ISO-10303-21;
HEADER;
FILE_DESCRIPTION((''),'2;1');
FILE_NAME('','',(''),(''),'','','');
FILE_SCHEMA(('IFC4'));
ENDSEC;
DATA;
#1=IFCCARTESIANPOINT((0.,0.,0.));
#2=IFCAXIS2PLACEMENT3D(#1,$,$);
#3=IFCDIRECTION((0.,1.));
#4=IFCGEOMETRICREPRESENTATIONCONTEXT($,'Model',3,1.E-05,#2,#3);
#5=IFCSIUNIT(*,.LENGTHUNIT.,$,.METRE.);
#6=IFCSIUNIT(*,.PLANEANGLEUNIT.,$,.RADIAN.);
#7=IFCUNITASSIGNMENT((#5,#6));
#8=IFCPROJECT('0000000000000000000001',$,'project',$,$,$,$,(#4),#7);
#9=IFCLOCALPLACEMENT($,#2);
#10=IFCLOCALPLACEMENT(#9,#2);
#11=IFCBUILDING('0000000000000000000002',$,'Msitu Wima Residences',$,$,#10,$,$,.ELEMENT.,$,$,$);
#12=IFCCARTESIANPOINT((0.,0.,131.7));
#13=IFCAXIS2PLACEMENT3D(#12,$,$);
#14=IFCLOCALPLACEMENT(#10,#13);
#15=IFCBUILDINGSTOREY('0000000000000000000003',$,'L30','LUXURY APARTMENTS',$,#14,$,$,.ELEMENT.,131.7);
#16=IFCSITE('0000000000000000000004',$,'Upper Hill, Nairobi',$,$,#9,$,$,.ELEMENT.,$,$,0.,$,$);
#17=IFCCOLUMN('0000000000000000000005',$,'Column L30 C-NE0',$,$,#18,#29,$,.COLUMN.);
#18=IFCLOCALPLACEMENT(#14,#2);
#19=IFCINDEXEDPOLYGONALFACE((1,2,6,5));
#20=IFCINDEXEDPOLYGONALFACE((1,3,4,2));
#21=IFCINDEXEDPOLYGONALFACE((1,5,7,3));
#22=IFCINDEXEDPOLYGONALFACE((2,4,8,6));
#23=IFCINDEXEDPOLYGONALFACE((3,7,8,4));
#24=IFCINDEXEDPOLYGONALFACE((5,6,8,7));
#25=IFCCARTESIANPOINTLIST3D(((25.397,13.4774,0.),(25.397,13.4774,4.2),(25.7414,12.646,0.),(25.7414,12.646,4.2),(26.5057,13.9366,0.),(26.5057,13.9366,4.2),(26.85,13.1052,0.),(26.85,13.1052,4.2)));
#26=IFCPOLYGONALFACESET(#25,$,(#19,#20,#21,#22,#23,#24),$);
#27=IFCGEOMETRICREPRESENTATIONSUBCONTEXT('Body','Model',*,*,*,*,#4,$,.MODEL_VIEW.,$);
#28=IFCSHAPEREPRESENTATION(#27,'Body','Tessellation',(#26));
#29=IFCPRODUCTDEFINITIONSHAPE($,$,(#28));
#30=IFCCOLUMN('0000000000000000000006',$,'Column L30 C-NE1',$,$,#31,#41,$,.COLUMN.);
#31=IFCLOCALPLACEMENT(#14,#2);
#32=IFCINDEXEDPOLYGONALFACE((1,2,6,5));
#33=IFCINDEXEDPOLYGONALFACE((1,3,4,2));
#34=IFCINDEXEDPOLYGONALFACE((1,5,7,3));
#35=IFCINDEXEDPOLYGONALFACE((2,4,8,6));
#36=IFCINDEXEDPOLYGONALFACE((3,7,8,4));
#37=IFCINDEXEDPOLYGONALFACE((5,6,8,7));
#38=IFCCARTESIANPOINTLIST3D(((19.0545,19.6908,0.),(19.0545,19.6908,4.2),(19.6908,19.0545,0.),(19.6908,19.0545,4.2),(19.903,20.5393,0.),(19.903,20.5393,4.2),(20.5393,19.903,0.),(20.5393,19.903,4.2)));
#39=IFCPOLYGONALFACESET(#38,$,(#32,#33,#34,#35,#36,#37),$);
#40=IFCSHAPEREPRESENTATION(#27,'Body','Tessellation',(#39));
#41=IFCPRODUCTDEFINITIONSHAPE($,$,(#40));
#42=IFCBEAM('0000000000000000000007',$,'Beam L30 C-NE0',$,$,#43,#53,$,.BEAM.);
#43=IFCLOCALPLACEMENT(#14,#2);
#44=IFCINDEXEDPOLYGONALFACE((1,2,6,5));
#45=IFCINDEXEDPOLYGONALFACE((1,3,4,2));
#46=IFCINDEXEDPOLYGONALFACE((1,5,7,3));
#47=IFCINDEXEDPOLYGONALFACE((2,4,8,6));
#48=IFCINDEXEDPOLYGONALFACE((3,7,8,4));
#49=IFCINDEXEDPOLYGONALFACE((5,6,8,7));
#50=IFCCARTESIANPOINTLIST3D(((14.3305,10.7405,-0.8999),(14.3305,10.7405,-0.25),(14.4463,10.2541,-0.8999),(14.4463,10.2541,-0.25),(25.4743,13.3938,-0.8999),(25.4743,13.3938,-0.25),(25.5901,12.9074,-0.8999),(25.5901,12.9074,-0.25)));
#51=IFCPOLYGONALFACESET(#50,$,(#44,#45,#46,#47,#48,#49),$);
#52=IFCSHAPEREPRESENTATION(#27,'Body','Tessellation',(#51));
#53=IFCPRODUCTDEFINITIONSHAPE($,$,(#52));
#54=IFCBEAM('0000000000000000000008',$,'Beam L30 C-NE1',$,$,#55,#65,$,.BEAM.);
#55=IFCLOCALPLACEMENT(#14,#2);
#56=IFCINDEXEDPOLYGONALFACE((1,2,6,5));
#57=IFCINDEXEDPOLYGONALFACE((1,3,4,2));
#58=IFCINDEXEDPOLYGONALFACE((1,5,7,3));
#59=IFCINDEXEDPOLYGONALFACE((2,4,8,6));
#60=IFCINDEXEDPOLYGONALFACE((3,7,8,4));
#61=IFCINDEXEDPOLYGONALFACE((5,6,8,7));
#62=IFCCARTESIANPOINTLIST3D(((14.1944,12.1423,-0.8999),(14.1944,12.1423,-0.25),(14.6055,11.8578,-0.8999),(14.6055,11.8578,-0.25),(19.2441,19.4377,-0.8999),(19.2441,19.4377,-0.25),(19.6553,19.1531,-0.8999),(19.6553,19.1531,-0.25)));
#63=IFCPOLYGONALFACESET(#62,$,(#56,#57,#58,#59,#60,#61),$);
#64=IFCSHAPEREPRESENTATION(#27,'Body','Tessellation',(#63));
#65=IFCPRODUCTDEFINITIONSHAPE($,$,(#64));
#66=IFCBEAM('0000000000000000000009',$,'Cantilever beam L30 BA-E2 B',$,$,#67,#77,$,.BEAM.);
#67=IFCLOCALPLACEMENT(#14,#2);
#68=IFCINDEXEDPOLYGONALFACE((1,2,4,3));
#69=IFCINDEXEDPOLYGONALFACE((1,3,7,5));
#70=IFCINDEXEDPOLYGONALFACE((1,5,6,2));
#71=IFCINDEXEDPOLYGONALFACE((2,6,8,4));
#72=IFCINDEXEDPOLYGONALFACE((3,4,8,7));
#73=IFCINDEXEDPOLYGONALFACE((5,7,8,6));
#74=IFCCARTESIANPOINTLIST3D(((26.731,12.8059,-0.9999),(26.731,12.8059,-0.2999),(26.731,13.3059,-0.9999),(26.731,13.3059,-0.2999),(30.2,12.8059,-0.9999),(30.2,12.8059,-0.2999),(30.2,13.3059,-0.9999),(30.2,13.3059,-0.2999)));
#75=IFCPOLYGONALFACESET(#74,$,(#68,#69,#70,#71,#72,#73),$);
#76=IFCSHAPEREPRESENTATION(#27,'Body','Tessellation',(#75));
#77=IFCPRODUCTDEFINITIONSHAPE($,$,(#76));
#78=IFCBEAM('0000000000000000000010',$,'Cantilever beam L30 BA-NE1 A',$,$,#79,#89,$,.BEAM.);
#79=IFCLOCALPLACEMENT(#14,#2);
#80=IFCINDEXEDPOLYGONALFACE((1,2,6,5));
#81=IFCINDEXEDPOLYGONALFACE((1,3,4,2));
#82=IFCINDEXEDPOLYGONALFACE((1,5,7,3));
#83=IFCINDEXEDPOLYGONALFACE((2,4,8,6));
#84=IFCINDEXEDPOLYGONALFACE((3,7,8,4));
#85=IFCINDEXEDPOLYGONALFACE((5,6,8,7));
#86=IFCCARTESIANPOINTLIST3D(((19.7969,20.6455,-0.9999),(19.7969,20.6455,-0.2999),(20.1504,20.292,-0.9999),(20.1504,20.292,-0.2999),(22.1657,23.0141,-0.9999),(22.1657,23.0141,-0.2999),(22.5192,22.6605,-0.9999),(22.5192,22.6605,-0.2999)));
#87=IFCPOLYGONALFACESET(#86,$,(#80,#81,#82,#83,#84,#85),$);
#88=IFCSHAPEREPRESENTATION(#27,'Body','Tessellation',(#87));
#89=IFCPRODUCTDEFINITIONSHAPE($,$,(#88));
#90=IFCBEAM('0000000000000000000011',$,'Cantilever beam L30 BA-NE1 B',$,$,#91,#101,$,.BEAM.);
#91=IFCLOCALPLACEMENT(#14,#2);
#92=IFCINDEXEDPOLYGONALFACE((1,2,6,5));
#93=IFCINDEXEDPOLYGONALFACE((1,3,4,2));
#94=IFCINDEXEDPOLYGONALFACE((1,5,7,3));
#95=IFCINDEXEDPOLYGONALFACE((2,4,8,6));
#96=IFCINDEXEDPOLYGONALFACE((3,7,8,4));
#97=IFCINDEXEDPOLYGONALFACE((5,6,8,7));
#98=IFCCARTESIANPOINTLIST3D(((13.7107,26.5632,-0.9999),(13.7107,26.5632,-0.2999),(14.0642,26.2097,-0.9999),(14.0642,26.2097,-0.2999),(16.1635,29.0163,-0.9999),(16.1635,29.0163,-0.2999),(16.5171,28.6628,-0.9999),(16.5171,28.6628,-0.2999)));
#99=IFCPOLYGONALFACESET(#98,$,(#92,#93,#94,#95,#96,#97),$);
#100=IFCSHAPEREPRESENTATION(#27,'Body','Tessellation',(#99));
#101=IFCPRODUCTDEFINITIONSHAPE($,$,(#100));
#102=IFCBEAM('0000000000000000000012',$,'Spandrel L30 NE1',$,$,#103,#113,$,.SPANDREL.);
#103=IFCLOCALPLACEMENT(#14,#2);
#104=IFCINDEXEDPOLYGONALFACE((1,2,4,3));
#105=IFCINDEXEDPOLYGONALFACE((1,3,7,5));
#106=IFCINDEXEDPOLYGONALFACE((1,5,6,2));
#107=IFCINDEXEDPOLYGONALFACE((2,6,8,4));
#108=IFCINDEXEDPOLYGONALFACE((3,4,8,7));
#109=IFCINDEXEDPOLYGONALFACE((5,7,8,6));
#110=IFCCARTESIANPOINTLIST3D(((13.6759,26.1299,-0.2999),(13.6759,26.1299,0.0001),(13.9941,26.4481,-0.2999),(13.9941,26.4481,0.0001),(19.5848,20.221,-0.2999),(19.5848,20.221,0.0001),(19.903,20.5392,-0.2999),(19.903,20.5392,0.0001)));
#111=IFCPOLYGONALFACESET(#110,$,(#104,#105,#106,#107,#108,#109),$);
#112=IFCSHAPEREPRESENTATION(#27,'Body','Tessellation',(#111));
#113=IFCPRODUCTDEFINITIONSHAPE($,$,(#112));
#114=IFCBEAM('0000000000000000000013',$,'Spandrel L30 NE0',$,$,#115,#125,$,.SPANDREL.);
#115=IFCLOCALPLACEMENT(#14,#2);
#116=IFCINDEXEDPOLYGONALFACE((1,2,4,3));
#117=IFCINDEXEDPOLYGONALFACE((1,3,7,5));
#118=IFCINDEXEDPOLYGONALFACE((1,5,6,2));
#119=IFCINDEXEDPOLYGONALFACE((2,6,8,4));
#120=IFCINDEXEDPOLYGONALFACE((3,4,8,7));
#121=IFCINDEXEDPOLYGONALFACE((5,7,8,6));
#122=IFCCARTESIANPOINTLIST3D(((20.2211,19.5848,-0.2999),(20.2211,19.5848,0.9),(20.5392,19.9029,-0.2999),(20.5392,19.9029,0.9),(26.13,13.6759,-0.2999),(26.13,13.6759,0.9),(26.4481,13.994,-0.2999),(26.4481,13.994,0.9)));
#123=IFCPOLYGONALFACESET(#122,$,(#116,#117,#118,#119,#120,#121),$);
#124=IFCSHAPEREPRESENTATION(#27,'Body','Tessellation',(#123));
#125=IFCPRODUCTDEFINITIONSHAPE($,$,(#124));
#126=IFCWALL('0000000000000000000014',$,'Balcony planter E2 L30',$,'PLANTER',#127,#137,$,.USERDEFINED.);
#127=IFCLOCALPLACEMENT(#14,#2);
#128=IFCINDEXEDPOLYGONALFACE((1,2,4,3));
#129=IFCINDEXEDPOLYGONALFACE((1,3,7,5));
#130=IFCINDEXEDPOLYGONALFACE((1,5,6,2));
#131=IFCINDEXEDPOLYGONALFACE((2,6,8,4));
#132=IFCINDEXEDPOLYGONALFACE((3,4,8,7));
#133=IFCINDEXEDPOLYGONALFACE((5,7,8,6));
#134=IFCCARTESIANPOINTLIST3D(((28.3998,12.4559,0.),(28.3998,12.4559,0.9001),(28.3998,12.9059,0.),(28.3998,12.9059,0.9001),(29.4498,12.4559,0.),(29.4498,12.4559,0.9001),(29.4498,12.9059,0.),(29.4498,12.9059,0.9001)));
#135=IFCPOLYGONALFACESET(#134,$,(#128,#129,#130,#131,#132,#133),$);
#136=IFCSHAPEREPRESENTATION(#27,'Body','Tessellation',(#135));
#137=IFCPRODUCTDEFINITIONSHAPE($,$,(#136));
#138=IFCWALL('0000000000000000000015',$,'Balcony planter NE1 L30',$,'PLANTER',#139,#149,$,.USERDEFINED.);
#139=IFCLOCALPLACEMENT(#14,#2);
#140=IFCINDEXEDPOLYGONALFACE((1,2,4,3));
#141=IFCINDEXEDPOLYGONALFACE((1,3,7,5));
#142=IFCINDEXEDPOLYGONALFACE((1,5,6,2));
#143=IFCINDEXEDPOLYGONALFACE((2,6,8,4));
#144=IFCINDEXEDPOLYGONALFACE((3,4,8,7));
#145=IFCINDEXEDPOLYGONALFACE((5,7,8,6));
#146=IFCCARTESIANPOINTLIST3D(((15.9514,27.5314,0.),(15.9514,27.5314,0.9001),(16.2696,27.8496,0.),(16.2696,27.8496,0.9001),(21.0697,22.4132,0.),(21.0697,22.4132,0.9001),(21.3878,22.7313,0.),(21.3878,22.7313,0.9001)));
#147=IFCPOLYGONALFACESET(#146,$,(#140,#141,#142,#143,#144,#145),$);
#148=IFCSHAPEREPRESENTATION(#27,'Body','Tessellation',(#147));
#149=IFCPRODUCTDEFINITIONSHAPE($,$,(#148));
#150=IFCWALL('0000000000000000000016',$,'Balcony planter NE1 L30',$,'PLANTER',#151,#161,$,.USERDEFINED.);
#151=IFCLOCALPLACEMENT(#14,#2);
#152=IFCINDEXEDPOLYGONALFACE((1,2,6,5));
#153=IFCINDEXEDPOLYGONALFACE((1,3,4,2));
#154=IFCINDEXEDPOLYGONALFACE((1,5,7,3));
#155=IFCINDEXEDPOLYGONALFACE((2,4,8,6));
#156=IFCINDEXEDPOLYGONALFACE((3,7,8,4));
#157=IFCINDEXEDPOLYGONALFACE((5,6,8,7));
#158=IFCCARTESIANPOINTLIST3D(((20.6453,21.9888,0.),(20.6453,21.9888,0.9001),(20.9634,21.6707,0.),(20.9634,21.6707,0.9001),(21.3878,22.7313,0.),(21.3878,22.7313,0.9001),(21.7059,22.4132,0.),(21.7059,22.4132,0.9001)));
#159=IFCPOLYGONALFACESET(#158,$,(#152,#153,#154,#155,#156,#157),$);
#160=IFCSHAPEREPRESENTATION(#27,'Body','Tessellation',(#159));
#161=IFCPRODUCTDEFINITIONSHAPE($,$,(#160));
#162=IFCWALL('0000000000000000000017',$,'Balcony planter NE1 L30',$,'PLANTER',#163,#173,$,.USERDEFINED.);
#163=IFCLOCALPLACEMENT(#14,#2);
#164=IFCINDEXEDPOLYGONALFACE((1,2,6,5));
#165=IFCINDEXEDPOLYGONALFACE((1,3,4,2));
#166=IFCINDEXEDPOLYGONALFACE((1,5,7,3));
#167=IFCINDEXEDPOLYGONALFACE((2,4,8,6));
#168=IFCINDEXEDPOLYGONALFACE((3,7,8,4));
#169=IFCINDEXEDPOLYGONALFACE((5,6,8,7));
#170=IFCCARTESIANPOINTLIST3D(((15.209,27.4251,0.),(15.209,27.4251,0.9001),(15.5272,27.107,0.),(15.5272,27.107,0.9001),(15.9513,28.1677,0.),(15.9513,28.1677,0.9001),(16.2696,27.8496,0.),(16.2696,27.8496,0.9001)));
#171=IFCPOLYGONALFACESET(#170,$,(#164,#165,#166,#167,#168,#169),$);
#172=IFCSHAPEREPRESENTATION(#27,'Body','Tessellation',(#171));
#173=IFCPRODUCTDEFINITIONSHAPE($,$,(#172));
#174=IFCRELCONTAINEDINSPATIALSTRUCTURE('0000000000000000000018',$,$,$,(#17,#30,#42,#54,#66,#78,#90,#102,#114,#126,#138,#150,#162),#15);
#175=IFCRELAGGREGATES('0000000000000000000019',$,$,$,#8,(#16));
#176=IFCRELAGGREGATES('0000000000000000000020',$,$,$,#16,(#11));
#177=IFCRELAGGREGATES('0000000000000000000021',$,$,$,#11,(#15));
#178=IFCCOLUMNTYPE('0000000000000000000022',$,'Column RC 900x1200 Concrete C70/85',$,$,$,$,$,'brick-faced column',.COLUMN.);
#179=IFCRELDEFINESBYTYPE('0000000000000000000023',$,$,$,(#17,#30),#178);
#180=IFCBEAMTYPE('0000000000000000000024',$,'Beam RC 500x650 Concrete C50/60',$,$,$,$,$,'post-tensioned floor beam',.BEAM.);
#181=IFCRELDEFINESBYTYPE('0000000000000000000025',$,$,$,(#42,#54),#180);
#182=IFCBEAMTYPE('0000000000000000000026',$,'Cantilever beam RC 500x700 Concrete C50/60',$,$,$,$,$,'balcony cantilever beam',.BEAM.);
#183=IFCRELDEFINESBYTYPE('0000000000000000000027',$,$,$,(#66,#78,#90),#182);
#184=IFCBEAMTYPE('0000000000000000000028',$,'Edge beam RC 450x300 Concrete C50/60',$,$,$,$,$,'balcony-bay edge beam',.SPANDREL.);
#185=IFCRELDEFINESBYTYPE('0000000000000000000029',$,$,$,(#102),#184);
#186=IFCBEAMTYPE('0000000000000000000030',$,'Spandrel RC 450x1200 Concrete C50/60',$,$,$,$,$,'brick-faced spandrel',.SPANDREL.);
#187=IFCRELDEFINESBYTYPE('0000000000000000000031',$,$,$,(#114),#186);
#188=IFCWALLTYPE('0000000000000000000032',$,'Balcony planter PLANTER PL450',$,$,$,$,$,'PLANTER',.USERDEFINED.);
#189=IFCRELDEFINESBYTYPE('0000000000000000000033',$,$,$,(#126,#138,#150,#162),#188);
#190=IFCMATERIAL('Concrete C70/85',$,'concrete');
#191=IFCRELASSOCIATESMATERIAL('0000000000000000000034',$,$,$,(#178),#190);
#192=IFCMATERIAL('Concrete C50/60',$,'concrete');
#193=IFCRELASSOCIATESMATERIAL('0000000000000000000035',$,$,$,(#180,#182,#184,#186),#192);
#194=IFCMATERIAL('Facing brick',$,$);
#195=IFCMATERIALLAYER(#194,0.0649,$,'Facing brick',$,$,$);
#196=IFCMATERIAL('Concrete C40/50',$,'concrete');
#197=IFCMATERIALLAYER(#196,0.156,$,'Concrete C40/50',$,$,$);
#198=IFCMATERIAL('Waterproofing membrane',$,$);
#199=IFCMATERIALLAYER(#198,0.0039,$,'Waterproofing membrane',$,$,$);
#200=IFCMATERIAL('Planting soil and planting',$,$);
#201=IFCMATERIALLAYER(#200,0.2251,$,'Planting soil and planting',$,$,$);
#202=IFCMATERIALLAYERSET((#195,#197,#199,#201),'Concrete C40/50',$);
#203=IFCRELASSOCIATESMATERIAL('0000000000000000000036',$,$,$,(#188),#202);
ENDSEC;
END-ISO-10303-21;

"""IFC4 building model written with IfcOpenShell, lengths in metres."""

from ifc_helpers import new_model, si_unit, direction, frame, frame_2d, origin, origin_2d, place, context, subcontext, project, spatial, rectangle, extrude, material, layer, layer_set, material_profile, profile_set, type_object, element, save


model = new_model("IFC4")

# Units and contexts
model_context = context("Model", 3, precision=1e-05, world=origin(), true_north=direction((0.0, 1.0)))
body_context = subcontext(model_context, "Body", "Model", "MODEL_VIEW")
ifc_project = project(units=[si_unit("LENGTHUNIT", "METRE"), si_unit("PLANEANGLEUNIT", "RADIAN")], contexts=[model_context])

# Site, building, storey
site_placement = place(None, origin())
site = spatial("IfcSite", under=ifc_project, at=site_placement, Name="Upper Hill, Nairobi", CompositionType="ELEMENT", RefElevation=0.0)
building_placement = place(site_placement, origin())
building = spatial("IfcBuilding", under=site, at=building_placement, Name="Msitu Wima Residences", CompositionType="ELEMENT")
storey_placement = place(building_placement, frame((0.0, 0.0, 131.7)))
storey = spatial("IfcBuildingStorey", under=building, at=storey_placement, Name="L30", Description="LUXURY APARTMENTS", CompositionType="ELEMENT", Elevation=131.7)

# Columns
ifc_material_1 = material(Name="Concrete C70/85", Category="concrete")
ifc_material_profile_1 = material_profile(ifc_material_1, rectangle(XDim=0.8999, YDim=1.2, at=origin_2d()), Name="RC 900x1200")
ifc_profile_set_1 = profile_set([ifc_material_profile_1], Name="Concrete C70/85")
column_type = type_object("IfcColumnType", Name="Column RC 900x1200 Concrete C70/85", ElementType="brick-faced column", PredefinedType="COLUMN", material=ifc_profile_set_1)
for number, where, z_axis, x_axis, name in (
    (1, (26.1235, 13.2913, 0.0), (0.0, 0.0, 1.0), (-0.382683, 0.92388, 0.0), "Column L30 C-NE0"),
    (2, (19.7969, 19.7969, 0.0), (0.0, 0.0, 1.0), (-0.707107, 0.707107, 0.0), "Column L30 C-NE1"),
):
    element("IfcColumn", number, at=place(storey_placement, frame(where, z_axis=z_axis, x_axis=x_axis)), inside=storey, type_object=column_type, Name=name, PredefinedType="COLUMN", context=body_context, shape_type="SweptSolid", body=[
        extrude(rectangle(XDim=0.8999, YDim=1.2, at=origin_2d()), origin(), (0.0, 0.0, 1.0), 4.2),
    ])

# Beams
ifc_material_2 = material(Name="Concrete C50/60", Category="concrete")
ifc_material_profile_2 = material_profile(ifc_material_2, rectangle(XDim=0.5, YDim=0.6499, at=origin_2d()), Name="RC 500x650")
ifc_profile_set_2 = profile_set([ifc_material_profile_2], Name="Concrete C50/60")
beam_type_1 = type_object("IfcBeamType", Name="Beam RC 500x650 Concrete C50/60", ElementType="post-tensioned floor beam", PredefinedType="BEAM", material=ifc_profile_set_2)
beam_1_placement = place(storey_placement, frame((25.5322, 13.1506, -0.575), z_axis=(-0.972806, -0.231623, 0.0), x_axis=(0.231623, -0.972806, 0.0)))
element("IfcBeam", 3, at=beam_1_placement, inside=storey, type_object=beam_type_1, Name="Beam L30 C-NE0", PredefinedType="BEAM", context=body_context, shape_type="SweptSolid", body=[
    extrude(rectangle(XDim=0.5, YDim=0.6499, at=origin_2d()), origin(), (0.0, 0.0, 1.0), 11.4553),
])
beam_2_placement = place(storey_placement, frame((19.4497, 19.2954, -0.575), z_axis=(-0.569144, -0.822238, 0.0), x_axis=(0.822238, -0.569144, 0.0)))
element("IfcBeam", 4, at=beam_2_placement, inside=storey, type_object=beam_type_1, Name="Beam L30 C-NE1", PredefinedType="BEAM", context=body_context, shape_type="SweptSolid", body=[
    extrude(rectangle(XDim=0.5, YDim=0.6499, at=origin_2d()), origin(), (0.0, 0.0, 1.0), 8.8726),
])
ifc_material_profile_3 = material_profile(ifc_material_2, rectangle(XDim=0.5, YDim=0.7, at=origin_2d()), Name="RC 500x700")
ifc_profile_set_3 = profile_set([ifc_material_profile_3], Name="Concrete C50/60")
beam_type_2 = type_object("IfcBeamType", Name="Cantilever beam RC 500x700 Concrete C50/60", ElementType="balcony cantilever beam", PredefinedType="BEAM", material=ifc_profile_set_3)
beam_3_placement = place(storey_placement, frame((26.731, 13.0559, -0.6499), z_axis=(1.0, 0.0, 0.0), x_axis=(0.0, 1.0, 0.0)))
element("IfcBeam", 5, at=beam_3_placement, inside=storey, type_object=beam_type_2, Name="Cantilever beam L30 BA-E2 B", PredefinedType="BEAM", context=body_context, shape_type="SweptSolid", body=[
    extrude(rectangle(XDim=0.5, YDim=0.7, at=origin_2d()), origin(), (0.0, 0.0, 1.0), 3.469),
])
beam_4_placement = place(storey_placement, frame((19.9736, 20.4688, -0.6499), z_axis=(0.707143, 0.70707, 0.0), x_axis=(-0.70707, 0.707143, 0.0)))
element("IfcBeam", 6, at=beam_4_placement, inside=storey, type_object=beam_type_2, Name="Cantilever beam L30 BA-NE1 A", PredefinedType="BEAM", context=body_context, shape_type="SweptSolid", body=[
    extrude(rectangle(XDim=0.5, YDim=0.7, at=origin_2d()), origin(), (0.0, 0.0, 1.0), 3.3499),
])
beam_5_placement = place(storey_placement, frame((13.8875, 26.3865, -0.6499), z_axis=(0.707072, 0.707142, 0.0), x_axis=(-0.707142, 0.707072, 0.0)))
element("IfcBeam", 7, at=beam_5_placement, inside=storey, type_object=beam_type_2, Name="Cantilever beam L30 BA-NE1 B", PredefinedType="BEAM", context=body_context, shape_type="SweptSolid", body=[
    extrude(rectangle(XDim=0.5, YDim=0.7, at=origin_2d()), origin(), (0.0, 0.0, 1.0), 3.469),
])
ifc_material_profile_4 = material_profile(ifc_material_2, rectangle(XDim=0.45, YDim=0.3, at=origin_2d()), Name="RC 450x300")
ifc_profile_set_4 = profile_set([ifc_material_profile_4], Name="Concrete C50/60")
beam_type_3 = type_object("IfcBeamType", Name="Edge beam RC 450x300 Concrete C50/60", ElementType="balcony-bay edge beam", PredefinedType="SPANDREL", material=ifc_profile_set_4)
beam_6_placement = place(storey_placement, frame((19.7439, 20.3801, -0.1499), z_axis=(-0.707107, 0.707107, 0.0), x_axis=(-0.707107, -0.707107, 0.0)))
element("IfcBeam", 8, at=beam_6_placement, inside=storey, type_object=beam_type_3, Name="Spandrel L30 NE1", PredefinedType="SPANDREL", context=body_context, shape_type="SweptSolid", body=[
    extrude(rectangle(XDim=0.45, YDim=0.3, at=origin_2d()), origin(), (0.0, 0.0, 1.0), 8.3564),
])
ifc_material_profile_5 = material_profile(ifc_material_2, rectangle(XDim=0.45, YDim=1.2, at=origin_2d()), Name="RC 450x1200")
ifc_profile_set_5 = profile_set([ifc_material_profile_5], Name="Concrete C50/60")
beam_type_4 = type_object("IfcBeamType", Name="Spandrel RC 450x1200 Concrete C50/60", ElementType="brick-faced spandrel", PredefinedType="SPANDREL", material=ifc_profile_set_5)
beam_7_placement = place(storey_placement, frame((26.2891, 13.835, 0.3), z_axis=(-0.707107, 0.707107, 0.0), x_axis=(-0.707107, -0.707107, 0.0)))
element("IfcBeam", 9, at=beam_7_placement, inside=storey, type_object=beam_type_4, Name="Spandrel L30 NE0", PredefinedType="SPANDREL", context=body_context, shape_type="SweptSolid", body=[
    extrude(rectangle(XDim=0.45, YDim=1.2, at=origin_2d()), origin(), (0.0, 0.0, 1.0), 8.3564),
])

# Walls
ifc_material_3 = material(Name="Facing brick")
ifc_layer_1 = layer(ifc_material_3, 0.0649, Name="Facing brick")
ifc_material_4 = material(Name="Concrete C40/50", Category="concrete")
ifc_layer_2 = layer(ifc_material_4, 0.156, Name="Concrete C40/50")
ifc_material_5 = material(Name="Waterproofing membrane")
ifc_layer_3 = layer(ifc_material_5, 0.0039, Name="Waterproofing membrane")
ifc_material_6 = material(Name="Planting soil and planting")
ifc_layer_4 = layer(ifc_material_6, 0.2251, Name="Planting soil and planting")
ifc_layer_set_1 = layer_set([ifc_layer_1, ifc_layer_2, ifc_layer_3, ifc_layer_4], Name="Concrete C40/50")
wall_type_1 = type_object("IfcWallType", Name="Balcony planter PLANTER PL450", ElementType="PLANTER", PredefinedType="USERDEFINED", material=ifc_layer_set_1)
wall_1_placement = place(storey_placement, frame((28.3999, 12.6809, 0.0), z_axis=(0.0, 0.0, 1.0), x_axis=(1.0, 0.0, 0.0)))
element("IfcWall", 10, at=wall_1_placement, inside=storey, type_object=wall_type_1, Name="Balcony planter E2 L30", ObjectType="PLANTER", PredefinedType="USERDEFINED", context=body_context, shape_type="SweptSolid", body=[
    extrude(rectangle(XDim=1.05, YDim=0.45, at=frame_2d((0.5249, 0.0))), origin(), (0.0, 0.0, 1.0), 0.9001),
])
wall_2_placement = place(storey_placement, frame((21.2288, 22.5723, 0.0), z_axis=(0.0, 0.0, 1.0), x_axis=(-0.707107, 0.707107, 0.0)))
element("IfcWall", 11, at=wall_2_placement, inside=storey, type_object=wall_type_1, Name="Balcony planter NE1 L30", ObjectType="PLANTER", PredefinedType="USERDEFINED", context=body_context, shape_type="SweptSolid", body=[
    extrude(rectangle(XDim=7.2383, YDim=0.45, at=frame_2d((3.6191, 0.0))), origin(), (0.0, 0.0, 1.0), 0.9001),
])
for number, where, z_axis, x_axis, name in (
    (12, (20.8044, 21.8298, 0.0), (0.0, 0.0, 1.0), (0.707107, 0.707107, 0.0), "Balcony planter NE1 L30"),
    (13, (15.3682, 27.2661, 0.0), (0.0, 0.0, 1.0), (0.706991, 0.707223, 0.0), "Balcony planter NE1 L30"),
):
    element("IfcWall", number, at=place(storey_placement, frame(where, z_axis=z_axis, x_axis=x_axis)), inside=storey, type_object=wall_type_1, Name=name, ObjectType="PLANTER", PredefinedType="USERDEFINED", context=body_context, shape_type="SweptSolid", body=[
        extrude(rectangle(XDim=1.05, YDim=0.45, at=frame_2d((0.5249, 0.0))), origin(), (0.0, 0.0, 1.0), 0.9001),
    ])

save(model, "model.ifc")
